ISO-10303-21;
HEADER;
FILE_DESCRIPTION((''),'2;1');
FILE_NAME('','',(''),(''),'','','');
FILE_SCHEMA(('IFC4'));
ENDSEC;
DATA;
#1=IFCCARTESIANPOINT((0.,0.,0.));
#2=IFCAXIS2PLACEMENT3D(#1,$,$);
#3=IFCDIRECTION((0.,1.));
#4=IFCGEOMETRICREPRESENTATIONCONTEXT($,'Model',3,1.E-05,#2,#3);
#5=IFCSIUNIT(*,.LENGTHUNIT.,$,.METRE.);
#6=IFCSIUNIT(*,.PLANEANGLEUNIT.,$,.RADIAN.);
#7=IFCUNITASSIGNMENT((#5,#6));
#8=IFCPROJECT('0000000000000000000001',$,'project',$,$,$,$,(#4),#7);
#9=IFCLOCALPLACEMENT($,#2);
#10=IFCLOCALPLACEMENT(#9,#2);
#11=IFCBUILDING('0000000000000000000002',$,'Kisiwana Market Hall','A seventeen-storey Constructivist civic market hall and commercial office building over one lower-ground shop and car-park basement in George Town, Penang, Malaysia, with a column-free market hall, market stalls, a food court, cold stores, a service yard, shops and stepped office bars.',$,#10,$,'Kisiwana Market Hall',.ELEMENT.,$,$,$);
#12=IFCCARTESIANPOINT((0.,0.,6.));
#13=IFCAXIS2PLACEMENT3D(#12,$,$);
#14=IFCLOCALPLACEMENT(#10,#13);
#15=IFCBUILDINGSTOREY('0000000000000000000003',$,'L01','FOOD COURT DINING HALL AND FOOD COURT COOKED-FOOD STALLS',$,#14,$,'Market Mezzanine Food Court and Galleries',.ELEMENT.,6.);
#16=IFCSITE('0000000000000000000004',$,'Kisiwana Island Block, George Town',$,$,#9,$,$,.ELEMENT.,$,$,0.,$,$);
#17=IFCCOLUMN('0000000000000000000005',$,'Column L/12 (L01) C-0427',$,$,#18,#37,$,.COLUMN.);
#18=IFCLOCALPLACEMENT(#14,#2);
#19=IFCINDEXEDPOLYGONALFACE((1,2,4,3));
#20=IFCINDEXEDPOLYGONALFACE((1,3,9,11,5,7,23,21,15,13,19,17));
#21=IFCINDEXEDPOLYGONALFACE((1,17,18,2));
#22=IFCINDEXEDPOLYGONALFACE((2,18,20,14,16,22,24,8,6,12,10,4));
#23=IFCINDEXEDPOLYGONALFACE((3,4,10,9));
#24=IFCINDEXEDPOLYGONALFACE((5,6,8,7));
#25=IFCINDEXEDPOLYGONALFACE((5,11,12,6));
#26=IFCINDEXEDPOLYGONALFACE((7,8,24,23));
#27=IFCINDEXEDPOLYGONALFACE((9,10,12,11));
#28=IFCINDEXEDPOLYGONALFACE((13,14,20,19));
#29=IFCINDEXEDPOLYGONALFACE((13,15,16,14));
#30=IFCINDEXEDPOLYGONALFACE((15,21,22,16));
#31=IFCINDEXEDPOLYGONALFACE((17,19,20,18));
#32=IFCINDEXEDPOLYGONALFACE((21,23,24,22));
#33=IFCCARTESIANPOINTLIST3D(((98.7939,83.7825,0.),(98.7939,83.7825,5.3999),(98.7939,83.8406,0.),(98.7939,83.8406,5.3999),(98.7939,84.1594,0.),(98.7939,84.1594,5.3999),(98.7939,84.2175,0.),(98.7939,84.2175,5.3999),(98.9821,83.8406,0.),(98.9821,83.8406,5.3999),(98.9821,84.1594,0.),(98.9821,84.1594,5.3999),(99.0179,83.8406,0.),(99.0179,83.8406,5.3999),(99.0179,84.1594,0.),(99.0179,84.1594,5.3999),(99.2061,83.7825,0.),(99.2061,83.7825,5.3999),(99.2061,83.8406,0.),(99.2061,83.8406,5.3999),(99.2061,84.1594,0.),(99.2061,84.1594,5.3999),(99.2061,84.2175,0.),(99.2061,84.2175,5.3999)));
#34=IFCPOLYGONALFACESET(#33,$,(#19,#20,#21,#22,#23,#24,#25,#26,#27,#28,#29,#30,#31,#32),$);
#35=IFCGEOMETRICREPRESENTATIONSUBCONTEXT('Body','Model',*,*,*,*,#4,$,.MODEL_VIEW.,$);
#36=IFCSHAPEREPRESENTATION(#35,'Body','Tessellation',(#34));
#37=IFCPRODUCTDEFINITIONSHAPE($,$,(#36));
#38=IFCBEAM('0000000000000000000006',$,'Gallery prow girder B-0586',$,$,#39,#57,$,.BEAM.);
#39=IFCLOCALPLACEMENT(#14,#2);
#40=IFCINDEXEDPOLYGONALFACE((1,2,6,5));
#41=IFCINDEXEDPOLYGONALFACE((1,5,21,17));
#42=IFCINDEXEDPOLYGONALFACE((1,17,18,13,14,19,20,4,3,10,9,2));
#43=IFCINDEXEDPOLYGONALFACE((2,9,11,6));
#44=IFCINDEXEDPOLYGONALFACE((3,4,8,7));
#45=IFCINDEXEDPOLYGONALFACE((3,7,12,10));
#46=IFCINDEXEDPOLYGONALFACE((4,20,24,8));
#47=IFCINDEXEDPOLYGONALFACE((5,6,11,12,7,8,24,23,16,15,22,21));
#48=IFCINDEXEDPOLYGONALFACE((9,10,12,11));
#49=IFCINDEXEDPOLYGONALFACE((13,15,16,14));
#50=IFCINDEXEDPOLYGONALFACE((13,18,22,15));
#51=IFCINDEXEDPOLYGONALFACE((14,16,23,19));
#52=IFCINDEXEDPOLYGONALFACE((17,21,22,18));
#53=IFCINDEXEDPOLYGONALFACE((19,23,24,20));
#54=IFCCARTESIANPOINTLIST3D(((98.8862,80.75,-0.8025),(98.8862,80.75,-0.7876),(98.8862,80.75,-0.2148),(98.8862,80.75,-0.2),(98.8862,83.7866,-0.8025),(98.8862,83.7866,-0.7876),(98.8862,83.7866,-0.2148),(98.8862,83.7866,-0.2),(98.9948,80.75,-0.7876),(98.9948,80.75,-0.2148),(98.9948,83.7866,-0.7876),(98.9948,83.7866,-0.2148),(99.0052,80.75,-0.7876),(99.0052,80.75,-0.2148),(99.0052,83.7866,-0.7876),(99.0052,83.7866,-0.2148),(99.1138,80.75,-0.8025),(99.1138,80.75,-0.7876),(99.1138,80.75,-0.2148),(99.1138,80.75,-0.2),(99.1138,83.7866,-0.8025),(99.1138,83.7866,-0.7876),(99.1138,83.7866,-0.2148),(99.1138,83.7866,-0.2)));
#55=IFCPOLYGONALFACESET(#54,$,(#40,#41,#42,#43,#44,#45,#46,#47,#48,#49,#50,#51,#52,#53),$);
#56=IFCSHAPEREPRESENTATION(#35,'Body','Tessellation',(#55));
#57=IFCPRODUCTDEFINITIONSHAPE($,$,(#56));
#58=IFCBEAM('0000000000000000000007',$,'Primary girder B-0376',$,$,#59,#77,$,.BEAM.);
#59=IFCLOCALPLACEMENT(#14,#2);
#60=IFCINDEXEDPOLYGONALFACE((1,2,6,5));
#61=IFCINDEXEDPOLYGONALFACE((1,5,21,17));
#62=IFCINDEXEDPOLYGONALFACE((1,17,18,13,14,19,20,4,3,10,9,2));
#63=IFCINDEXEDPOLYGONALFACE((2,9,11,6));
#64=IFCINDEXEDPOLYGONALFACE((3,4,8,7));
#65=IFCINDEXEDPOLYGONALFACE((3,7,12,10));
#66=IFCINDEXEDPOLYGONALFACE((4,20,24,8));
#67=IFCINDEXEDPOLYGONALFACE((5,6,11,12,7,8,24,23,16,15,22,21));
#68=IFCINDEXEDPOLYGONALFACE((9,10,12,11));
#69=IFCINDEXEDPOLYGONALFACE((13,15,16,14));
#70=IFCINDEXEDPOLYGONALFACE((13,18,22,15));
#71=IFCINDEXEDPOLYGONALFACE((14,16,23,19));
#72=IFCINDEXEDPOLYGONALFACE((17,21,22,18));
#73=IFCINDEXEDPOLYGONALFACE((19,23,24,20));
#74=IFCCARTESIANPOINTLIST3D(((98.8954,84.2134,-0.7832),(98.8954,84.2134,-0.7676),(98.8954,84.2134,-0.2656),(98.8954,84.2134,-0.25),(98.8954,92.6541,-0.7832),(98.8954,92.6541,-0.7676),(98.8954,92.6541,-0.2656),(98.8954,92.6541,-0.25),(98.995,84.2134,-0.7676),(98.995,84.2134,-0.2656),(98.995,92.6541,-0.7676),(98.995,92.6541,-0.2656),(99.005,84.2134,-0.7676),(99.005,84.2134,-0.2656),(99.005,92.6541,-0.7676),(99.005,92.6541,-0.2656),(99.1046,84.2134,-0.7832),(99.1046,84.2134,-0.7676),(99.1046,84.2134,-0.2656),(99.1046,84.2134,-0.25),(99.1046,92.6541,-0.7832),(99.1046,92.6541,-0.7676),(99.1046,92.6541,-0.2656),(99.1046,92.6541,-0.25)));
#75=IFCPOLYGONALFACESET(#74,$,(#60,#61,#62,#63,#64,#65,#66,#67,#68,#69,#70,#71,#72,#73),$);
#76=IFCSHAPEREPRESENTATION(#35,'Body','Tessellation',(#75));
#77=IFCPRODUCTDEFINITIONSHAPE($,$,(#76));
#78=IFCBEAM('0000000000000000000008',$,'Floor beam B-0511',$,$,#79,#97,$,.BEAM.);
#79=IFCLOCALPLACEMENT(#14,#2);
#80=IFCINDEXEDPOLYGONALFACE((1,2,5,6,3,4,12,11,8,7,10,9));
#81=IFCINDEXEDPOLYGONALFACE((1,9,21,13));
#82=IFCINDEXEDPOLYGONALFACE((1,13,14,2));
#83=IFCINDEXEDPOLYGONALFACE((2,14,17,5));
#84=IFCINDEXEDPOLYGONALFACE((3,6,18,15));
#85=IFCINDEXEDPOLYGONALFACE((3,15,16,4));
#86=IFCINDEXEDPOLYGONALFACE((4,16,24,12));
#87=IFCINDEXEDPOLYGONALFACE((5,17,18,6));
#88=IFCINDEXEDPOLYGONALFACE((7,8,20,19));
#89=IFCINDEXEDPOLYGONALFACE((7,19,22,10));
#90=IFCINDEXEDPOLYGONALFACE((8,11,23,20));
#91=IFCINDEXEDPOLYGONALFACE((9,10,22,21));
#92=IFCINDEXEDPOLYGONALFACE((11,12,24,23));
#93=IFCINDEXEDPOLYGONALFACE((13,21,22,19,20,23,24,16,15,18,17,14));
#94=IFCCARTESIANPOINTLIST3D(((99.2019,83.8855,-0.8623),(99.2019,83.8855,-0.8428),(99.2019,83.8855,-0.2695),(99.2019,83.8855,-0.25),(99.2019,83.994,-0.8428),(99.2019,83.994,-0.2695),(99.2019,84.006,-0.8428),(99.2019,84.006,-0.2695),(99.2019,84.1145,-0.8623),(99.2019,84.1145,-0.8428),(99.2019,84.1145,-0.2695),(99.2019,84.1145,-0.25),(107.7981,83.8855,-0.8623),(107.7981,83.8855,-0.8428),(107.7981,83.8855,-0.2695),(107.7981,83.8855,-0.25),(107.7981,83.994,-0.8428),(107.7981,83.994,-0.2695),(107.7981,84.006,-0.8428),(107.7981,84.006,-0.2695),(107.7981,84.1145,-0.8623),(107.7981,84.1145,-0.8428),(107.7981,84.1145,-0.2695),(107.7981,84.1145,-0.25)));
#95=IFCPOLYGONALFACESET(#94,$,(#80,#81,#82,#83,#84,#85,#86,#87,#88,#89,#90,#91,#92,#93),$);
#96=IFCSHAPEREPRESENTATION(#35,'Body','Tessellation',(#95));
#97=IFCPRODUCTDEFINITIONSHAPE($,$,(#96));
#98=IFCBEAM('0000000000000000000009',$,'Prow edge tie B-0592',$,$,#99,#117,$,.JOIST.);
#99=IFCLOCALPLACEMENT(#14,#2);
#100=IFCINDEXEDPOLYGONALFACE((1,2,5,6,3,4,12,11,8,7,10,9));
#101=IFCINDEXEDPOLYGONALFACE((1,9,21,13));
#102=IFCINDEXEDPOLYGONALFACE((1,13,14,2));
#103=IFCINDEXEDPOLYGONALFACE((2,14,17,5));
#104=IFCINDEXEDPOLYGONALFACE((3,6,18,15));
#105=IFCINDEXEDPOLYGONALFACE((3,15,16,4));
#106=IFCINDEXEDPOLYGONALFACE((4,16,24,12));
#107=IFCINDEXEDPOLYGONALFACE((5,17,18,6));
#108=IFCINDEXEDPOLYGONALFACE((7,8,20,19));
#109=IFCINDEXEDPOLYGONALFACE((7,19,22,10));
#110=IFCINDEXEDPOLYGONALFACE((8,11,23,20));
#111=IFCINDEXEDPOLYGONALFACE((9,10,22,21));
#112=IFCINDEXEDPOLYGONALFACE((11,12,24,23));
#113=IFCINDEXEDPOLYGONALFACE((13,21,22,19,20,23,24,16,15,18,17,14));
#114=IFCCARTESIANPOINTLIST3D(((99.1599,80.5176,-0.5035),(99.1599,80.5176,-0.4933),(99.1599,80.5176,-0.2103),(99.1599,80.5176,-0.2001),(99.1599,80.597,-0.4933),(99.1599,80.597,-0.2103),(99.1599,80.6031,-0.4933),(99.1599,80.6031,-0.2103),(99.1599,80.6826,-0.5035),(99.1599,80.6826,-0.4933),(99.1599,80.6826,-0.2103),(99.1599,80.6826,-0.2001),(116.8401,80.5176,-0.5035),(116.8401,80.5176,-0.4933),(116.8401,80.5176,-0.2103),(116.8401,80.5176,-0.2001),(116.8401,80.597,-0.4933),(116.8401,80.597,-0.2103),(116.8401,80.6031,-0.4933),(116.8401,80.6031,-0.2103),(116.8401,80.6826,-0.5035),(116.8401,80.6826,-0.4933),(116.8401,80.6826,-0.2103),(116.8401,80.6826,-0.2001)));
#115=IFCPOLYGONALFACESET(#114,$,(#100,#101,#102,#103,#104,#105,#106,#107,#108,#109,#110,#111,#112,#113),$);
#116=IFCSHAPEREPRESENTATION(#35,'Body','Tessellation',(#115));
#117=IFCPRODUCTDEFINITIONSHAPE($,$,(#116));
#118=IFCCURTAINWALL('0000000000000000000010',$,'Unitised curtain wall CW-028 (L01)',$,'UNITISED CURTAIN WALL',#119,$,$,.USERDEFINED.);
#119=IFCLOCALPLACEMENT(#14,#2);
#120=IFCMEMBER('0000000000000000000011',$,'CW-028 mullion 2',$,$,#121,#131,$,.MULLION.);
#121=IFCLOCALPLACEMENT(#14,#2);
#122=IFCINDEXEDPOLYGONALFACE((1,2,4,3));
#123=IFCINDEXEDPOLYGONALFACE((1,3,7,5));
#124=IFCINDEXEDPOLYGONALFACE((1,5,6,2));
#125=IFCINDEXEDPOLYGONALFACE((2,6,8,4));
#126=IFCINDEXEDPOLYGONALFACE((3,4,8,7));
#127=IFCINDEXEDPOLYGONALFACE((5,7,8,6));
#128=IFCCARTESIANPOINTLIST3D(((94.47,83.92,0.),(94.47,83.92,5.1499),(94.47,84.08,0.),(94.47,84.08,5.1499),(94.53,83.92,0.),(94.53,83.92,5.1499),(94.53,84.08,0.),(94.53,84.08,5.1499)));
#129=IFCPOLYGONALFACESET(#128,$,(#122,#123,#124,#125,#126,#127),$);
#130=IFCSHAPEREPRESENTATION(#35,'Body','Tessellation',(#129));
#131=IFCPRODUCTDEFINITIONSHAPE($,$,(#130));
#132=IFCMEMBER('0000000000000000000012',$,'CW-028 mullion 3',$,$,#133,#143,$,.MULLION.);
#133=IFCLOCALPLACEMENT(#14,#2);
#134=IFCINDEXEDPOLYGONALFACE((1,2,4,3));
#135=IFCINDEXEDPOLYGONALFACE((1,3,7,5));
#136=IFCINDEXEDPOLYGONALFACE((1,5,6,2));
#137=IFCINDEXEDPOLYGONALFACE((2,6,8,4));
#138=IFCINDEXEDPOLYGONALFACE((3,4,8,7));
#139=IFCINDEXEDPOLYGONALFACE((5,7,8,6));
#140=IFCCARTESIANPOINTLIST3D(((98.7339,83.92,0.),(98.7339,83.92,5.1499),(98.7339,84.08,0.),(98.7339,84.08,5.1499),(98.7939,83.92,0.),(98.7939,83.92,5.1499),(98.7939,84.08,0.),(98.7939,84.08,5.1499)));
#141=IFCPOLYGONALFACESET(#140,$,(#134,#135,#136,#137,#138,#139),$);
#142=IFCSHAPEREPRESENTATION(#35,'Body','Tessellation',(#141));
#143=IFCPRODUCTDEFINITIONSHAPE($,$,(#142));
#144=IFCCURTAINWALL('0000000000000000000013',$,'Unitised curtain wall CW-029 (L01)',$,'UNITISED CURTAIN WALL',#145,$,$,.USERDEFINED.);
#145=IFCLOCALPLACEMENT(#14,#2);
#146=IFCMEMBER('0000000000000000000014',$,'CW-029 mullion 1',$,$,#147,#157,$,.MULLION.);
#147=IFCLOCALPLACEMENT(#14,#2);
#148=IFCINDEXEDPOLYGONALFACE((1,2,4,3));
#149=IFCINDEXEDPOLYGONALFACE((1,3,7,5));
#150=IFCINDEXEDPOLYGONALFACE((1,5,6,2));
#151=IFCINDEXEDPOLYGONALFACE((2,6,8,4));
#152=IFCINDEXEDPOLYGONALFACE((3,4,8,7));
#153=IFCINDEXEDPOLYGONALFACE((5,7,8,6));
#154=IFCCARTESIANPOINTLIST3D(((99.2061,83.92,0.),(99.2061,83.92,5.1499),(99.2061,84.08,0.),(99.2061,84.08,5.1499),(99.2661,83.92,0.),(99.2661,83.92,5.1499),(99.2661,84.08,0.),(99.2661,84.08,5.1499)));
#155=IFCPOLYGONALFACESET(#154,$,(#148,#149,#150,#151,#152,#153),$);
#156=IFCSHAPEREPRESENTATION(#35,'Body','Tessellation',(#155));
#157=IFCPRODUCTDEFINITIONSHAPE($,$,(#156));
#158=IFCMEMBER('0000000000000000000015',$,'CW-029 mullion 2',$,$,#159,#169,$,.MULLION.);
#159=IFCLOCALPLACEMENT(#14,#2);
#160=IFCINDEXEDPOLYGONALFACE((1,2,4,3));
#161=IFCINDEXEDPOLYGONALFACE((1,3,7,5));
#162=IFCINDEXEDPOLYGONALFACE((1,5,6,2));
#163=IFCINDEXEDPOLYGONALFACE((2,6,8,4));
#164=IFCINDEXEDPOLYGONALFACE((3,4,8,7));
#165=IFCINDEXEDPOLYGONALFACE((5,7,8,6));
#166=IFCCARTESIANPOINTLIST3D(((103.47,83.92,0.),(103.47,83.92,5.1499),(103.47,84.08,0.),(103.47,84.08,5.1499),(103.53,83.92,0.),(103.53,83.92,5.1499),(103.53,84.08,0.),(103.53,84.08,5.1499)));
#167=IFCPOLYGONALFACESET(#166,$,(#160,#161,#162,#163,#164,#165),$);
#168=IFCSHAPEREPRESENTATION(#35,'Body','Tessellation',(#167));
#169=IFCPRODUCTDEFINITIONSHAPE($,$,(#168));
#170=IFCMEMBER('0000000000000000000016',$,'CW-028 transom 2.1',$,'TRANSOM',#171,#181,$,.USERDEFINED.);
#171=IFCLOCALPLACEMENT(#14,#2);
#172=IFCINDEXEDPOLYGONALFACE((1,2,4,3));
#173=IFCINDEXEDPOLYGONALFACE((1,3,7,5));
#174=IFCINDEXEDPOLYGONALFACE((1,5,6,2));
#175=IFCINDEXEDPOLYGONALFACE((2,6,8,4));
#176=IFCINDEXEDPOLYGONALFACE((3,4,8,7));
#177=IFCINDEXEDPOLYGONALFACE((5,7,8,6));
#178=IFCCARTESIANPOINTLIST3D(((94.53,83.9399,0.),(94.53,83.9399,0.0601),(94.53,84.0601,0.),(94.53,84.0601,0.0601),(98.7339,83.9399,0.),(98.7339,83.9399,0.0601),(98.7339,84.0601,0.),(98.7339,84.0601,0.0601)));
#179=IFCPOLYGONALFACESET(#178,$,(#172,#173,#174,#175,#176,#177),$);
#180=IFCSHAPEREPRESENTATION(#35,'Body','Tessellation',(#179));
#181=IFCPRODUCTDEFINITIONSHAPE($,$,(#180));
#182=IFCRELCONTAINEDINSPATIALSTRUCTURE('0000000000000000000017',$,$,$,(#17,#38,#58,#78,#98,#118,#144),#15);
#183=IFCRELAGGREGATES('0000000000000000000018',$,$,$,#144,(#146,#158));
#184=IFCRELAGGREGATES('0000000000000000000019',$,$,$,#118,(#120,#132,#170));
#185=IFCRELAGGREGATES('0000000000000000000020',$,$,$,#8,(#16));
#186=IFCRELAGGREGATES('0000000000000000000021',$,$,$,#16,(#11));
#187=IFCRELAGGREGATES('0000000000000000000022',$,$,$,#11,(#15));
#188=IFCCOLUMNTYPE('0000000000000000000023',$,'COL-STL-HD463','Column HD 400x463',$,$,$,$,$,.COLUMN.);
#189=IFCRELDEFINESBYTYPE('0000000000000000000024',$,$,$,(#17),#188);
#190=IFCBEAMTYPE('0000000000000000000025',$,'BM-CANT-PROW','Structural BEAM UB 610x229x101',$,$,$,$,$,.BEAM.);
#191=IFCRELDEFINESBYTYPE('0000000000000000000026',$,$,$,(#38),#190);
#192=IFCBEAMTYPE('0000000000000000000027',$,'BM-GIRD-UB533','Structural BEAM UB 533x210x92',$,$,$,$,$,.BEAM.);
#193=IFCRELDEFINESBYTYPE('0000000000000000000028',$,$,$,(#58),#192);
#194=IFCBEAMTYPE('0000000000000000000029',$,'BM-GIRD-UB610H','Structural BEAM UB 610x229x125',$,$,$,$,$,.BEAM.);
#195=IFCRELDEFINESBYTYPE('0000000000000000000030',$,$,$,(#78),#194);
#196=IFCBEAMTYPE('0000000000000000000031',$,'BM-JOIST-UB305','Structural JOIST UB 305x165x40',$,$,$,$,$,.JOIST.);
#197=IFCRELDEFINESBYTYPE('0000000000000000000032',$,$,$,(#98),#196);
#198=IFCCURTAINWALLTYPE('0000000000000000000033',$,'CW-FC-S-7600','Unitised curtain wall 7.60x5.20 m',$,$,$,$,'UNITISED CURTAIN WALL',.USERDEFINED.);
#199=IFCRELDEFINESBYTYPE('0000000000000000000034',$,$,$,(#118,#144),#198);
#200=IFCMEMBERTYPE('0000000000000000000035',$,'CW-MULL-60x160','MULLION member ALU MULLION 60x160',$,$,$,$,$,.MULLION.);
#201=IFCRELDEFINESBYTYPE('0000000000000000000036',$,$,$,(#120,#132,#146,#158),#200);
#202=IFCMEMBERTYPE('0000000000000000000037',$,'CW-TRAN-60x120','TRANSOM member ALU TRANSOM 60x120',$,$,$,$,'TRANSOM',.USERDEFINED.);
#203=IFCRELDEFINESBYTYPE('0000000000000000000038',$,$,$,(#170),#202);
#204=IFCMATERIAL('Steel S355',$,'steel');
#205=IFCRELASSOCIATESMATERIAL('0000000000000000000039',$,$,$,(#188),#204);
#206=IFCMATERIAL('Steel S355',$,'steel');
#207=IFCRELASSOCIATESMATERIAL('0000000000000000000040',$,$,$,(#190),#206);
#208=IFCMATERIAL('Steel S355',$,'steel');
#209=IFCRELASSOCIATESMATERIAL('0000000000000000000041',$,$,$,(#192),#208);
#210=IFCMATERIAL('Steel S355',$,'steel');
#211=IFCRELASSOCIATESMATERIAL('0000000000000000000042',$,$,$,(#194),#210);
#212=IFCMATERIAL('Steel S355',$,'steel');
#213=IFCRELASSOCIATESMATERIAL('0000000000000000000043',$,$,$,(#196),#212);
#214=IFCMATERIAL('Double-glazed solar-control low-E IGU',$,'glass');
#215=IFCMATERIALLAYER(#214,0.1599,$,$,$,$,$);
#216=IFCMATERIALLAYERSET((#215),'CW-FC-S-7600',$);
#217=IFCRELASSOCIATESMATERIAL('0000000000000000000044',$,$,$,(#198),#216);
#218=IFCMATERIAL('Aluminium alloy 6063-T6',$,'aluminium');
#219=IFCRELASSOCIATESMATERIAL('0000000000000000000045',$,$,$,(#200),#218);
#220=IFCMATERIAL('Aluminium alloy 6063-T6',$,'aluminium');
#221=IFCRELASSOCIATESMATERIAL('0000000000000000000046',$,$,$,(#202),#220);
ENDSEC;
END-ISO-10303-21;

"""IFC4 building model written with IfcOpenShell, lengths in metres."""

from ifc_helpers import new_model, si_unit, direction, frame, origin, origin_2d, place, context, subcontext, project, spatial, rectangle, i_section, extrude, material, layer, layer_set, material_profile, profile_set, type_object, element, aggregate, save


model = new_model("IFC4")

# Units and contexts
model_context = context("Model", 3, precision=1e-05, world=origin(), true_north=direction((0.0, 1.0)))
body_context = subcontext(model_context, "Body", "Model", "MODEL_VIEW")
ifc_project = project(units=[si_unit("LENGTHUNIT", "METRE"), si_unit("PLANEANGLEUNIT", "RADIAN")], contexts=[model_context])

# Site, building, storey
site_placement = place(None, origin())
site = spatial("IfcSite", under=ifc_project, at=site_placement, Name="Kisiwana Island Block, George Town", CompositionType="ELEMENT", RefElevation=0.0)
building_placement = place(site_placement, origin())
building = spatial("IfcBuilding", under=site, at=building_placement, Name="Kisiwana Market Hall", Description="A seventeen-storey Constructivist civic market hall and commercial office building over one lower-ground shop and car-park basement in George Town, Penang, Malaysia, with a column-free market hall, market stalls, a food court, cold stores, a service yard, shops and stepped office bars.", LongName="Kisiwana Market Hall", CompositionType="ELEMENT")
storey_placement = place(building_placement, frame((0.0, 0.0, 6.0)))
storey = spatial("IfcBuildingStorey", under=building, at=storey_placement, Name="L01", Description="FOOD COURT DINING HALL AND FOOD COURT COOKED-FOOD STALLS", LongName="Market Mezzanine Food Court and Galleries", CompositionType="ELEMENT", Elevation=6.0)

# Column
ifc_material_1 = material(Name="Steel S355", Category="steel")
ifc_material_profile_1 = material_profile(ifc_material_1, i_section(OverallWidth=0.4121, OverallDepth=0.4351, WebThickness=0.0359, FlangeThickness=0.0581, at=origin_2d()), Name="HD 400x463")
ifc_profile_set_1 = profile_set([ifc_material_profile_1], Name="Steel S355")
column_type = type_object("IfcColumnType", Name="COL-STL-HD463", Description="Column HD 400x463", PredefinedType="COLUMN", material=ifc_profile_set_1)
column_placement = place(storey_placement, frame((99.0, 84.0, 0.0), z_axis=(0.0, 0.0, 1.0), x_axis=(1.0, 0.0, 0.0)))
element("IfcColumn", 1, at=column_placement, inside=storey, type_object=column_type, Name="Column L/12 (L01) C-0427", PredefinedType="COLUMN", context=body_context, shape_type="SweptSolid", body=[
    extrude(i_section(OverallWidth=0.4121, OverallDepth=0.4351, WebThickness=0.0359, FlangeThickness=0.0581, at=origin_2d()), origin(), (0.0, 0.0, 1.0), 5.3999),
])

# Beams
ifc_material_2 = material(Name="Steel S355", Category="steel")
ifc_material_profile_2 = material_profile(ifc_material_2, i_section(OverallWidth=0.2275, OverallDepth=0.6025, WebThickness=0.0105, FlangeThickness=0.0149, at=origin_2d()), Name="UB 610x229x101")
ifc_profile_set_2 = profile_set([ifc_material_profile_2], Name="Steel S355")
beam_type_1 = type_object("IfcBeamType", Name="BM-CANT-PROW", Description="Structural BEAM UB 610x229x101", PredefinedType="BEAM", material=ifc_profile_set_2)
beam_1_placement = place(storey_placement, frame((99.0, 83.7866, -0.5012), z_axis=(0.0, -1.0, 0.0), x_axis=(1.0, 0.0, 0.0)))
element("IfcBeam", 2, at=beam_1_placement, inside=storey, type_object=beam_type_1, Name="Gallery prow girder B-0586", PredefinedType="BEAM", context=body_context, shape_type="SweptSolid", body=[
    extrude(i_section(OverallWidth=0.2275, OverallDepth=0.6025, WebThickness=0.0105, FlangeThickness=0.0149, at=origin_2d()), origin(), (0.0, 0.0, 1.0), 3.0366),
])
ifc_material_3 = material(Name="Steel S355", Category="steel")
ifc_material_profile_3 = material_profile(ifc_material_3, i_section(OverallWidth=0.2092, OverallDepth=0.5332, WebThickness=0.01, FlangeThickness=0.0156, at=origin_2d()), Name="UB 533x210x92")
ifc_profile_set_3 = profile_set([ifc_material_profile_3], Name="Steel S355")
beam_type_2 = type_object("IfcBeamType", Name="BM-GIRD-UB533", Description="Structural BEAM UB 533x210x92", PredefinedType="BEAM", material=ifc_profile_set_3)
beam_2_placement = place(storey_placement, frame((99.0, 84.2134, -0.5166), z_axis=(0.0, 1.0, 0.0), x_axis=(-1.0, 0.0, 0.0)))
element("IfcBeam", 3, at=beam_2_placement, inside=storey, type_object=beam_type_2, Name="Primary girder B-0376", PredefinedType="BEAM", context=body_context, shape_type="SweptSolid", body=[
    extrude(i_section(OverallWidth=0.2092, OverallDepth=0.5332, WebThickness=0.01, FlangeThickness=0.0156, at=origin_2d()), origin(), (0.0, 0.0, 1.0), 8.4407),
])
ifc_material_4 = material(Name="Steel S355", Category="steel")
ifc_material_profile_4 = material_profile(ifc_material_4, i_section(OverallWidth=0.229, OverallDepth=0.6123, WebThickness=0.012, FlangeThickness=0.0195, at=origin_2d()), Name="UB 610x229x125")
ifc_profile_set_4 = profile_set([ifc_material_profile_4], Name="Steel S355")
beam_type_3 = type_object("IfcBeamType", Name="BM-GIRD-UB610H", Description="Structural BEAM UB 610x229x125", PredefinedType="BEAM", material=ifc_profile_set_4)
beam_3_placement = place(storey_placement, frame((99.2019, 84.0, -0.5562), z_axis=(1.0, 0.0, 0.0), x_axis=(0.0, 1.0, 0.0)))
element("IfcBeam", 4, at=beam_3_placement, inside=storey, type_object=beam_type_3, Name="Floor beam B-0511", PredefinedType="BEAM", context=body_context, shape_type="SweptSolid", body=[
    extrude(i_section(OverallWidth=0.229, OverallDepth=0.6123, WebThickness=0.012, FlangeThickness=0.0195, at=origin_2d()), origin(), (0.0, 0.0, 1.0), 8.5962),
])
ifc_material_5 = material(Name="Steel S355", Category="steel")
ifc_material_profile_5 = material_profile(ifc_material_5, i_section(OverallWidth=0.165, OverallDepth=0.3035, WebThickness=0.0061, FlangeThickness=0.0103, at=origin_2d()), Name="UB 305x165x40")
ifc_profile_set_5 = profile_set([ifc_material_profile_5], Name="Steel S355")
beam_type_4 = type_object("IfcBeamType", Name="BM-JOIST-UB305", Description="Structural JOIST UB 305x165x40", PredefinedType="JOIST", material=ifc_profile_set_5)
beam_4_placement = place(storey_placement, frame((99.1599, 80.6001, -0.3518), z_axis=(1.0, 0.0, 0.0), x_axis=(0.0, 1.0, 0.0)))
element("IfcBeam", 5, at=beam_4_placement, inside=storey, type_object=beam_type_4, Name="Prow edge tie B-0592", PredefinedType="JOIST", context=body_context, shape_type="SweptSolid", body=[
    extrude(i_section(OverallWidth=0.165, OverallDepth=0.3035, WebThickness=0.0061, FlangeThickness=0.0103, at=origin_2d()), origin(), (0.0, 0.0, 1.0), 17.6802),
])

# Curtain walls, members
ifc_material_6 = material(Name="Double-glazed solar-control low-E IGU", Category="glass")
ifc_layer_1 = layer(ifc_material_6, 0.1599)
ifc_layer_set_1 = layer_set([ifc_layer_1], Name="CW-FC-S-7600")
curtain_wall_type = type_object("IfcCurtainWallType", Name="CW-FC-S-7600", Description="Unitised curtain wall 7.60x5.20 m", ElementType="UNITISED CURTAIN WALL", PredefinedType="USERDEFINED", material=ifc_layer_set_1)
curtain_wall_1_placement = place(storey_placement, origin())
curtain_wall_1 = element("IfcCurtainWall", 6, at=curtain_wall_1_placement, inside=storey, type_object=curtain_wall_type, Name="Unitised curtain wall CW-028 (L01)", ObjectType="UNITISED CURTAIN WALL", PredefinedType="USERDEFINED")
ifc_material_7 = material(Name="Aluminium alloy 6063-T6", Category="aluminium")
ifc_material_profile_6 = material_profile(ifc_material_7, rectangle(XDim=0.0601, YDim=0.1599, at=origin_2d()), Name="ALU MULLION 60x160")
ifc_profile_set_6 = profile_set([ifc_material_profile_6], Name="Aluminium alloy 6063-T6")
member_type_1 = type_object("IfcMemberType", Name="CW-MULL-60x160", Description="MULLION member ALU MULLION 60x160", PredefinedType="MULLION", material=ifc_profile_set_6)
member_1_placement = place(storey_placement, frame((94.5, 84.0, 0.0), z_axis=(0.0, 0.0, 1.0), x_axis=(1.0, 0.0, 0.0)))
member_1 = element("IfcMember", 7, at=member_1_placement, type_object=member_type_1, Name="CW-028 mullion 2", PredefinedType="MULLION", context=body_context, shape_type="SweptSolid", body=[
    extrude(rectangle(XDim=0.0601, YDim=0.1599, at=origin_2d()), origin(), (0.0, 0.0, 1.0), 5.1499),
])
member_2_placement = place(storey_placement, frame((98.7639, 84.0, 0.0), z_axis=(0.0, 0.0, 1.0), x_axis=(1.0, 0.0, 0.0)))
member_2 = element("IfcMember", 8, at=member_2_placement, type_object=member_type_1, Name="CW-028 mullion 3", PredefinedType="MULLION", context=body_context, shape_type="SweptSolid", body=[
    extrude(rectangle(XDim=0.0601, YDim=0.1599, at=origin_2d()), origin(), (0.0, 0.0, 1.0), 5.1499),
])
curtain_wall_2_placement = place(storey_placement, origin())
curtain_wall_2 = element("IfcCurtainWall", 9, at=curtain_wall_2_placement, inside=storey, type_object=curtain_wall_type, Name="Unitised curtain wall CW-029 (L01)", ObjectType="UNITISED CURTAIN WALL", PredefinedType="USERDEFINED")
member_3_placement = place(storey_placement, frame((99.2361, 84.0, 0.0), z_axis=(0.0, 0.0, 1.0), x_axis=(1.0, 0.0, 0.0)))
member_3 = element("IfcMember", 10, at=member_3_placement, type_object=member_type_1, Name="CW-029 mullion 1", PredefinedType="MULLION", context=body_context, shape_type="SweptSolid", body=[
    extrude(rectangle(XDim=0.0601, YDim=0.1599, at=origin_2d()), origin(), (0.0, 0.0, 1.0), 5.1499),
])
member_4_placement = place(storey_placement, frame((103.5, 84.0, 0.0), z_axis=(0.0, 0.0, 1.0), x_axis=(1.0, 0.0, 0.0)))
member_4 = element("IfcMember", 11, at=member_4_placement, type_object=member_type_1, Name="CW-029 mullion 2", PredefinedType="MULLION", context=body_context, shape_type="SweptSolid", body=[
    extrude(rectangle(XDim=0.0601, YDim=0.1599, at=origin_2d()), origin(), (0.0, 0.0, 1.0), 5.1499),
])

# Member
ifc_material_8 = material(Name="Aluminium alloy 6063-T6", Category="aluminium")
ifc_material_profile_7 = material_profile(ifc_material_8, rectangle(XDim=0.1201, YDim=0.0601, at=origin_2d()), Name="ALU TRANSOM 60x120")
ifc_profile_set_7 = profile_set([ifc_material_profile_7], Name="Aluminium alloy 6063-T6")
member_type_2 = type_object("IfcMemberType", Name="CW-TRAN-60x120", Description="TRANSOM member ALU TRANSOM 60x120", ElementType="TRANSOM", PredefinedType="USERDEFINED", material=ifc_profile_set_7)
member_5_placement = place(storey_placement, frame((94.53, 84.0, 0.03), z_axis=(1.0, 0.0, 0.0), x_axis=(0.0, 1.0, 0.0)))
member_5 = element("IfcMember", 12, at=member_5_placement, type_object=member_type_2, Name="CW-028 transom 2.1", ObjectType="TRANSOM", PredefinedType="USERDEFINED", context=body_context, shape_type="SweptSolid", body=[
    extrude(rectangle(XDim=0.1201, YDim=0.0601, at=origin_2d()), origin(), (0.0, 0.0, 1.0), 4.2039),
])

aggregate(curtain_wall_2, [member_3, member_4])
aggregate(curtain_wall_1, [member_1, member_2, member_5])

save(model, "model.ifc")
